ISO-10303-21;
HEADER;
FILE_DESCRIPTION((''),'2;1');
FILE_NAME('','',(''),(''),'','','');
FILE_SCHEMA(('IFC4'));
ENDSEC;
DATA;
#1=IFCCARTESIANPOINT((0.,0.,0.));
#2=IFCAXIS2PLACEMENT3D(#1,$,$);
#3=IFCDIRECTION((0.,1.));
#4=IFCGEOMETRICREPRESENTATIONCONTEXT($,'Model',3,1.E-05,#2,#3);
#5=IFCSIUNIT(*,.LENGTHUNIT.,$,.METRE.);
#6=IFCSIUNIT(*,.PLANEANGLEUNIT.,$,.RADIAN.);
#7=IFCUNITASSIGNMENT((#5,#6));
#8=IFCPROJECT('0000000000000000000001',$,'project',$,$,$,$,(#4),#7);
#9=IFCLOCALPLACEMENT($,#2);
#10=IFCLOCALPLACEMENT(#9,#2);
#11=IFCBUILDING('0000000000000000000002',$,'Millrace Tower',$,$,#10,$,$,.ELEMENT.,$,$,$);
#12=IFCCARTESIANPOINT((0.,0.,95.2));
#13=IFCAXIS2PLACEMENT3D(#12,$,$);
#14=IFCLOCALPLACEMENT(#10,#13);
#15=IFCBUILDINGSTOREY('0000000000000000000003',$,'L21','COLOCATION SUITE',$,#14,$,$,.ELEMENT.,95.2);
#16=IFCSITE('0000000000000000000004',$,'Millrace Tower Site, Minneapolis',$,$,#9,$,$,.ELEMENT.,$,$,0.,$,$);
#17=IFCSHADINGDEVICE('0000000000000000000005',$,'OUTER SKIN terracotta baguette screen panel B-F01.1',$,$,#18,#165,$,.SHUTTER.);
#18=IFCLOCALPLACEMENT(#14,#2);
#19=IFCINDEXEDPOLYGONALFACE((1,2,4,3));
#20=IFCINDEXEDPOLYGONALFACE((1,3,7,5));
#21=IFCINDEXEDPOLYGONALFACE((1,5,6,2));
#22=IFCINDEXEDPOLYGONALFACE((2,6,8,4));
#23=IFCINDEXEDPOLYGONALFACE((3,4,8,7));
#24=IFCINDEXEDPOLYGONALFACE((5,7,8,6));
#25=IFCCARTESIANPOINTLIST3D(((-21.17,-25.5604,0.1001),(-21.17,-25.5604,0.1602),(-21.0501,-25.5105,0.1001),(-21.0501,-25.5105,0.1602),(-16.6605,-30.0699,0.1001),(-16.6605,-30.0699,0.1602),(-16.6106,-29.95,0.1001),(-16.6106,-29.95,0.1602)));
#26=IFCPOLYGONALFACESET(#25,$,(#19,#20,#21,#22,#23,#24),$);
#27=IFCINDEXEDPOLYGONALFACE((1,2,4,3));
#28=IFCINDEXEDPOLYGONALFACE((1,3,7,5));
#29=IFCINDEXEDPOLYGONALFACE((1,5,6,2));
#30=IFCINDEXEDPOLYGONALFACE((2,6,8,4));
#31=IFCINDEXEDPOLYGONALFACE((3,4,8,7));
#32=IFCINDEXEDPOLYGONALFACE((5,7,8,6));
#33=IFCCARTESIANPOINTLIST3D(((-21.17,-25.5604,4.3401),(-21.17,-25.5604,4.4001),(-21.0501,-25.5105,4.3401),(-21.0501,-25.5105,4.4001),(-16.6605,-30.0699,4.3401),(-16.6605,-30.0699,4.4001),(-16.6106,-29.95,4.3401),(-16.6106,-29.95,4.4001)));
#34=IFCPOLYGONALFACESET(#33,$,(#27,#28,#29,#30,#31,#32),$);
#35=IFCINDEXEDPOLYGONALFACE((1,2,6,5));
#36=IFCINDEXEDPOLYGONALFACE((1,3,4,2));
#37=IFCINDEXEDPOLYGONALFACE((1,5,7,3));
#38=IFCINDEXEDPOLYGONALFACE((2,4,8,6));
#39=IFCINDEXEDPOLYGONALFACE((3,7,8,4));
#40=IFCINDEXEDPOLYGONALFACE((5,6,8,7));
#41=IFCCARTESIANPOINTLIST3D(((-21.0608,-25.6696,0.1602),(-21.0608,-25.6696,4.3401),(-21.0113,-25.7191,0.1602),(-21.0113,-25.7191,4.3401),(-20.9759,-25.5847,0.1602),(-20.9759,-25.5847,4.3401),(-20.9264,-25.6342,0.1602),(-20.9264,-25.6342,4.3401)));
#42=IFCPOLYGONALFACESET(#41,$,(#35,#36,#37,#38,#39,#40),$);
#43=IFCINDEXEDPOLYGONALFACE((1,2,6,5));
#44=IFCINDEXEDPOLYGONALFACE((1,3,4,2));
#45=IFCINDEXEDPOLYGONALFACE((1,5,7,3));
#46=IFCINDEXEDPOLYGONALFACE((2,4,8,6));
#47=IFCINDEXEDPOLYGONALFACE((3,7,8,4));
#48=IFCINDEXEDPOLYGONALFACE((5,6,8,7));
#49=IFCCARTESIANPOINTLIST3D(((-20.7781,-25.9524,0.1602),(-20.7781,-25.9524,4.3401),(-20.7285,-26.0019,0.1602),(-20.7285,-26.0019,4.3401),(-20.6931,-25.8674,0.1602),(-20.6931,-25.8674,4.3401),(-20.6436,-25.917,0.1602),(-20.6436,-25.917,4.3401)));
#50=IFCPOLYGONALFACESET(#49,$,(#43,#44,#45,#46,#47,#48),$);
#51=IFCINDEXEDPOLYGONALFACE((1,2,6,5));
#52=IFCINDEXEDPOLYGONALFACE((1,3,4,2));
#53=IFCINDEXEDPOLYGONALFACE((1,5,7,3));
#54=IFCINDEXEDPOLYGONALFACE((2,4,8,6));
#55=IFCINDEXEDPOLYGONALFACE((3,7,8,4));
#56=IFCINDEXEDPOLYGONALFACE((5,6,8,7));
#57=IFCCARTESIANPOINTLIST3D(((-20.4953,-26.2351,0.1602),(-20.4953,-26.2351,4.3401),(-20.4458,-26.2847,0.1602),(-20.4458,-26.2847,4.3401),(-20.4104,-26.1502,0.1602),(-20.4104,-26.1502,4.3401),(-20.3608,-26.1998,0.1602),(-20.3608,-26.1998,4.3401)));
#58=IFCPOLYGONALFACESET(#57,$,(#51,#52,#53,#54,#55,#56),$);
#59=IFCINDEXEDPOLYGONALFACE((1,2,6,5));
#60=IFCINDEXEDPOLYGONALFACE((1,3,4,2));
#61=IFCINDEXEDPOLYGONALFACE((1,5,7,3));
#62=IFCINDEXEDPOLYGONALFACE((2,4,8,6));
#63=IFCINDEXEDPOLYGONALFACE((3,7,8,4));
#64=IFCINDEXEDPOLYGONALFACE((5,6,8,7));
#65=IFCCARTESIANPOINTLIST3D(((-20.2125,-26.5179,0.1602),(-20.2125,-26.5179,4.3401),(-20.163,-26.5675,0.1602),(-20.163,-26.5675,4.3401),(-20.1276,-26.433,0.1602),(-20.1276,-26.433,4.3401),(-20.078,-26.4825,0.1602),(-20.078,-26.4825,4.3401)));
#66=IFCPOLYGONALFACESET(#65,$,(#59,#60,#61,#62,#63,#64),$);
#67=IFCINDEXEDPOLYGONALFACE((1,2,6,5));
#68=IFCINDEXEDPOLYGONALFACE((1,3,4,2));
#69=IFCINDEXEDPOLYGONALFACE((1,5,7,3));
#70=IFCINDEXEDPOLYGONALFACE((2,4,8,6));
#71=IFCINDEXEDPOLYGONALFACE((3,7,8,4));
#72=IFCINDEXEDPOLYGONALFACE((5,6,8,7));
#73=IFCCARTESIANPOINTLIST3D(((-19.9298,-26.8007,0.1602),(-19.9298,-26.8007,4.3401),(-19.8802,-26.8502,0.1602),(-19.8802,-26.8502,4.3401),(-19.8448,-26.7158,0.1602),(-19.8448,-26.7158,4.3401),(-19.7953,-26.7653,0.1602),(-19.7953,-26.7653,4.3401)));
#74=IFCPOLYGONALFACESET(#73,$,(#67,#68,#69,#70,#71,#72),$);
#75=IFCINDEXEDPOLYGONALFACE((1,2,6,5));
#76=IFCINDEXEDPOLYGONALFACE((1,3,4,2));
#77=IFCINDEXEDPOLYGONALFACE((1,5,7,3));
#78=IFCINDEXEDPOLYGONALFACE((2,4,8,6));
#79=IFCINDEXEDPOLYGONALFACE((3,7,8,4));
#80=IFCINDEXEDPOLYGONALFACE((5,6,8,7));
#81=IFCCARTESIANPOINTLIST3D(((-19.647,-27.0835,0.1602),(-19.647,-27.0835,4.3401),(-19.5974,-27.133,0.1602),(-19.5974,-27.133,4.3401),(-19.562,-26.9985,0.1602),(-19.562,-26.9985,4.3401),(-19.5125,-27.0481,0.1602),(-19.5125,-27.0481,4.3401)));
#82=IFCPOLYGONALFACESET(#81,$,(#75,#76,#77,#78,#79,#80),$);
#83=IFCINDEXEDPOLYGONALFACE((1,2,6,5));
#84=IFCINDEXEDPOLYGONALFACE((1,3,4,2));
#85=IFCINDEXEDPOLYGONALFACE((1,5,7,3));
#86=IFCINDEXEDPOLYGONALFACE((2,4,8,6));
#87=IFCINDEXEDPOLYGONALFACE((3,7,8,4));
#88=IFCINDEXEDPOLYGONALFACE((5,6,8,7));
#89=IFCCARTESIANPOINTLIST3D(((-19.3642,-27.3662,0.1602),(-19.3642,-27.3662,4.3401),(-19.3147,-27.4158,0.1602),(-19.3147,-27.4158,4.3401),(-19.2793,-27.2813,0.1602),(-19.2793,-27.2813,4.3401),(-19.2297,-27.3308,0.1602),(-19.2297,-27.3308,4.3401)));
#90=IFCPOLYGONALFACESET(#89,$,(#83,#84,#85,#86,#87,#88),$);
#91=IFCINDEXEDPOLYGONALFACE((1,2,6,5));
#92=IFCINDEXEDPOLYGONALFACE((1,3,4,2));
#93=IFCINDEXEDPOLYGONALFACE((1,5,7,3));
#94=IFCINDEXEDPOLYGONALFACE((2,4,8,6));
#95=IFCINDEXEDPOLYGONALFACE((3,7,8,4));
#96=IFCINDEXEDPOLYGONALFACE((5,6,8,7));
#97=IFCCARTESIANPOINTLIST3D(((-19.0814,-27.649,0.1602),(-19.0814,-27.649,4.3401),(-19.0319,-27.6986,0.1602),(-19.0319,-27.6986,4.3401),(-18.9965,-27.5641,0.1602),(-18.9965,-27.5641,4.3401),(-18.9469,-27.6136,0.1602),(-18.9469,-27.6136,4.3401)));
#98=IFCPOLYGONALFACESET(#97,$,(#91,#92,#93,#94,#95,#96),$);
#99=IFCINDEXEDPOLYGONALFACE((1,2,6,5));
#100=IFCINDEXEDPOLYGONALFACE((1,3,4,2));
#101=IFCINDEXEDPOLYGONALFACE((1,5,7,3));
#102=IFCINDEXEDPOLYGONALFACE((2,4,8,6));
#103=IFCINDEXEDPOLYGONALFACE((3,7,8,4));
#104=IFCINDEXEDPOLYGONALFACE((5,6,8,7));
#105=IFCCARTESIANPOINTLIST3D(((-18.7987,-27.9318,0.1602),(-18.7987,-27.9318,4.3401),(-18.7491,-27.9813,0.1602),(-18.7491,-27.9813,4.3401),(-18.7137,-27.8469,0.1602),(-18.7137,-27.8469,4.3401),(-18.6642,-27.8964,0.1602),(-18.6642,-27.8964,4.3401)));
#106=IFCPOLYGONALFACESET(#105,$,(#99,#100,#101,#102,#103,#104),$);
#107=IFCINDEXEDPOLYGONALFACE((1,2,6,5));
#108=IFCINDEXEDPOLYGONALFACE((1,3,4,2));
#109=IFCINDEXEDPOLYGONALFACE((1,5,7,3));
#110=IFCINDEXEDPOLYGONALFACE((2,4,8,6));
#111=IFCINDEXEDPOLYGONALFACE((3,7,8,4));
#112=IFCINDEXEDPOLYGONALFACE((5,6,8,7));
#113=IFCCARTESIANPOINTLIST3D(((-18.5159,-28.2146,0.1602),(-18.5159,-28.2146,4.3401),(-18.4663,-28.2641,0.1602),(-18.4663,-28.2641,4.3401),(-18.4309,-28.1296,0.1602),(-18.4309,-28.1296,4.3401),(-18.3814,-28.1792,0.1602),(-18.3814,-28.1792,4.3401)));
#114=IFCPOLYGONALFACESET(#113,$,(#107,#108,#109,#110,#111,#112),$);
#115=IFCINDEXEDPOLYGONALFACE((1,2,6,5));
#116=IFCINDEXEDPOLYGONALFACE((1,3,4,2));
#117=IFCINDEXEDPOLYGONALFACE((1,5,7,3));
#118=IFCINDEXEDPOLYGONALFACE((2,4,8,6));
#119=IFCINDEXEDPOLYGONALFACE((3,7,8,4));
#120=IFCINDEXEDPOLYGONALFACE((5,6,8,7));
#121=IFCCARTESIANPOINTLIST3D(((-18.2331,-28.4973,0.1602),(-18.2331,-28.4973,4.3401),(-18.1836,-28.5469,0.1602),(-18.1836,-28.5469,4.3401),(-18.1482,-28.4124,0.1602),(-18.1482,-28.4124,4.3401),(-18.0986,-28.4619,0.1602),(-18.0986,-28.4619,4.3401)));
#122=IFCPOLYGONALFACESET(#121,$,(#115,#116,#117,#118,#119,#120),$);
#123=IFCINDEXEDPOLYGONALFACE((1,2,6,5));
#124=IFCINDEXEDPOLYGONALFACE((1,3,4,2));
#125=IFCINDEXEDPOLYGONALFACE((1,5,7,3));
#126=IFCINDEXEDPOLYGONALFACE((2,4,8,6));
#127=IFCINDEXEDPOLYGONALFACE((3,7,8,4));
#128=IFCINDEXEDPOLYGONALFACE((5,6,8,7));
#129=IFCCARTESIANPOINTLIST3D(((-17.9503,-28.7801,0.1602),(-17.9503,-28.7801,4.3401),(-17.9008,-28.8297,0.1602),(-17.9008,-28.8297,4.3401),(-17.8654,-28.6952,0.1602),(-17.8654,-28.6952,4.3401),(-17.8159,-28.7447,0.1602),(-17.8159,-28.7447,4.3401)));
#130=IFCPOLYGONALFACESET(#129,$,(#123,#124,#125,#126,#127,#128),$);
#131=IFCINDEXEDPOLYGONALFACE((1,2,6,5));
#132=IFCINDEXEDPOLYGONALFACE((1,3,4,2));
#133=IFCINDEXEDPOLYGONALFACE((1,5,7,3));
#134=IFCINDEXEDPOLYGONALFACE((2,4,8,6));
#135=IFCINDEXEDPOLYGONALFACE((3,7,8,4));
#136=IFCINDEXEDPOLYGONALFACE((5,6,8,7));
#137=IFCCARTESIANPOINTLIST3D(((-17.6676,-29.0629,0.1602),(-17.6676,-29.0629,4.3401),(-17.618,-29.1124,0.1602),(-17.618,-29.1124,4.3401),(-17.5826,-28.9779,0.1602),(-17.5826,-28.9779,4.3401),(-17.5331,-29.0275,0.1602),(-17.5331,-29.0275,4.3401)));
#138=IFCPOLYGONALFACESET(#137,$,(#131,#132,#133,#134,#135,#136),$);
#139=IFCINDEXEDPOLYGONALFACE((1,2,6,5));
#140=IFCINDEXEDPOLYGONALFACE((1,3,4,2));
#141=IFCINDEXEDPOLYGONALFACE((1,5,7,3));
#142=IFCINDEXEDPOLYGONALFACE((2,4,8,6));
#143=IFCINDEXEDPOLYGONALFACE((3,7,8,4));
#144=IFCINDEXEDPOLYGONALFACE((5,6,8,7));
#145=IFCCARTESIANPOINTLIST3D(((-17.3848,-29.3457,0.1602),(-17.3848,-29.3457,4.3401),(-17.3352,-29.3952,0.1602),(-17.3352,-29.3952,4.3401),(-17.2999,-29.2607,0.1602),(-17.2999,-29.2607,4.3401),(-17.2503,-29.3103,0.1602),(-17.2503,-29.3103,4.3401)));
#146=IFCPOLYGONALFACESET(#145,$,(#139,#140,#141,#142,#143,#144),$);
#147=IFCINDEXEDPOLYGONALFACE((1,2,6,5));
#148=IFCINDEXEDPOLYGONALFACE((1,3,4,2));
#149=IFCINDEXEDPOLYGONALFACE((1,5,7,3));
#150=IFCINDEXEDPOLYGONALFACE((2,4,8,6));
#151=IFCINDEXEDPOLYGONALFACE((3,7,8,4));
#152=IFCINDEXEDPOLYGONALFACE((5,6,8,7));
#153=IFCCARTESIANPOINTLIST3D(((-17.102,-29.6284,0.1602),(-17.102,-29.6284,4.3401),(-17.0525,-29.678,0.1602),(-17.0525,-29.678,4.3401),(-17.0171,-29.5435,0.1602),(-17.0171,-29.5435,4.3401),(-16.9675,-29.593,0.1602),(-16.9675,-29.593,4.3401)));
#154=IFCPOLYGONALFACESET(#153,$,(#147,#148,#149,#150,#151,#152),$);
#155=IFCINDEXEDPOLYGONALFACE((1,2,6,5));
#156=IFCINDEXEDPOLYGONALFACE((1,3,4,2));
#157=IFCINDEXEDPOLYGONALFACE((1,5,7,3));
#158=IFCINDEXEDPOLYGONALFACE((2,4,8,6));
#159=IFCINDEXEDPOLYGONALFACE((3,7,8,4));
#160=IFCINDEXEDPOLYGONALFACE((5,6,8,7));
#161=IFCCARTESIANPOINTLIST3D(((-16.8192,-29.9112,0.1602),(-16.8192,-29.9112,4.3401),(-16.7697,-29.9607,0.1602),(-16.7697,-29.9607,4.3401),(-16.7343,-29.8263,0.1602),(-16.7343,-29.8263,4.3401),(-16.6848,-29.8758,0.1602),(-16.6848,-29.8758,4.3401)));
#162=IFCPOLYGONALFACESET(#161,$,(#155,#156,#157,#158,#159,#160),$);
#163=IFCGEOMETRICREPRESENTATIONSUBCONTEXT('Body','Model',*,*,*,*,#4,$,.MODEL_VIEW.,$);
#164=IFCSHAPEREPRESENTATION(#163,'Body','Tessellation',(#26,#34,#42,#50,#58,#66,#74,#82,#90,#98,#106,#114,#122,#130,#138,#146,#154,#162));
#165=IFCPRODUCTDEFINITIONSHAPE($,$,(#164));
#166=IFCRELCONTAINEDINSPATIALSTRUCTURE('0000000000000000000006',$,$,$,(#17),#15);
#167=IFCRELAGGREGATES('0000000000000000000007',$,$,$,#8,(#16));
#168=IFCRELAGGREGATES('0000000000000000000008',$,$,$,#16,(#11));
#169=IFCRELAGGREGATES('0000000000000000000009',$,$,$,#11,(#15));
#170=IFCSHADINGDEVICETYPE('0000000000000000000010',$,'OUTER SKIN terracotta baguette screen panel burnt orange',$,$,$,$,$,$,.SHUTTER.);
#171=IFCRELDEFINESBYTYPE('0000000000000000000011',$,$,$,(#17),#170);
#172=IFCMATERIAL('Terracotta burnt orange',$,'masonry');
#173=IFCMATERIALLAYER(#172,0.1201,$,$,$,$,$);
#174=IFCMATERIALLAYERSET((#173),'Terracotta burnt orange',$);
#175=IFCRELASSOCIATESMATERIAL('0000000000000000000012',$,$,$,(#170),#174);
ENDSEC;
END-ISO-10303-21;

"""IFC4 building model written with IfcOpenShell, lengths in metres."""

from ifc_helpers import new_model, entity, si_unit, direction, frame, frame_2d, origin, place, context, subcontext, project, spatial, rectangle, extrude, source, transform, mapped, material, layer, layer_set, type_object, element, save


model = new_model("IFC4")

# Units and contexts
model_context = context("Model", 3, precision=1e-05, world=origin(), true_north=direction((0.0, 1.0)))
body_context = subcontext(model_context, "Body", "Model", "MODEL_VIEW")
ifc_project = project(units=[si_unit("LENGTHUNIT", "METRE"), si_unit("PLANEANGLEUNIT", "RADIAN")], contexts=[model_context])

# Site, building, storey
site_placement = place(None, origin())
site = spatial("IfcSite", under=ifc_project, at=site_placement, Name="Millrace Tower Site, Minneapolis", CompositionType="ELEMENT", RefElevation=0.0)
building_placement = place(site_placement, origin())
building = spatial("IfcBuilding", under=site, at=building_placement, Name="Millrace Tower", CompositionType="ELEMENT")
storey_placement = place(building_placement, frame((0.0, 0.0, 95.2)))
storey = spatial("IfcBuildingStorey", under=building, at=storey_placement, Name="L21", Description="COLOCATION SUITE", CompositionType="ELEMENT", Elevation=95.2)

# Shading device
ifc_material_1 = material(Name="Terracotta burnt orange", Category="masonry")
ifc_layer_1 = layer(ifc_material_1, 0.1201)
ifc_layer_set_1 = layer_set([ifc_layer_1], Name="Terracotta burnt orange")
shading_device_type = type_object("IfcShadingDeviceType", Name="OUTER SKIN terracotta baguette screen panel burnt orange", PredefinedType="SHUTTER", material=ifc_layer_set_1)
cartesian_point_1 = entity("IfcCartesianPoint", [-3.1392, 0.0601])
shared_polyline_1 = entity("IfcPolyline", [cartesian_point_1, entity("IfcCartesianPoint", [3.1392, 0.0601]), entity("IfcCartesianPoint", [3.1887, -0.0601]), entity("IfcCartesianPoint", [-3.1887, -0.0601]), cartesian_point_1])
shared_shape_1 = source(origin(), body_context, "Body", "SweptSolid", [
    entity("IfcExtrudedAreaSolid", entity("IfcArbitraryClosedProfileDef", "AREA", None, shared_polyline_1), entity("IfcAxis2Placement3D", entity("IfcCartesianPoint", [0.0, 0.0, 0.0])), entity("IfcDirection", [0.0, 0.0, 1.0]), 0.0601),
    entity("IfcExtrudedAreaSolid", entity("IfcArbitraryClosedProfileDef", "AREA", None, shared_polyline_1), entity("IfcAxis2Placement3D", entity("IfcCartesianPoint", [0.0, 0.0, 4.24])), entity("IfcDirection", [0.0, 0.0, 1.0]), 0.0601),
    extrude(rectangle(XDim=0.0701, YDim=0.1201, at=frame_2d((-2.9993, 0.0))), frame((0.0, 0.0, 0.0601)), (0.0, 0.0, 1.0), 4.1799),
    extrude(rectangle(XDim=0.0701, YDim=0.1201, at=frame_2d((-2.5994, 0.0))), frame((0.0, 0.0, 0.0601)), (0.0, 0.0, 1.0), 4.1799),
    extrude(rectangle(XDim=0.0701, YDim=0.1201, at=frame_2d((-2.1995, 0.0))), frame((0.0, 0.0, 0.0601)), (0.0, 0.0, 1.0), 4.1799),
    extrude(rectangle(XDim=0.0701, YDim=0.1201, at=frame_2d((-1.7996, 0.0))), frame((0.0, 0.0, 0.0601)), (0.0, 0.0, 1.0), 4.1799),
    extrude(rectangle(XDim=0.0701, YDim=0.1201, at=frame_2d((-1.3997, 0.0))), frame((0.0, 0.0, 0.0601)), (0.0, 0.0, 1.0), 4.1799),
    extrude(rectangle(XDim=0.0701, YDim=0.1201, at=frame_2d((-0.9998, 0.0))), frame((0.0, 0.0, 0.0601)), (0.0, 0.0, 1.0), 4.1799),
    extrude(rectangle(XDim=0.0701, YDim=0.1201, at=frame_2d((-0.5999, 0.0))), frame((0.0, 0.0, 0.0601)), (0.0, 0.0, 1.0), 4.1799),
    extrude(rectangle(XDim=0.0701, YDim=0.1201, at=frame_2d((-0.2, 0.0))), frame((0.0, 0.0, 0.0601)), (0.0, 0.0, 1.0), 4.1799),
    extrude(rectangle(XDim=0.0701, YDim=0.1201, at=frame_2d((0.2, 0.0))), frame((0.0, 0.0, 0.0601)), (0.0, 0.0, 1.0), 4.1799),
    extrude(rectangle(XDim=0.0701, YDim=0.1201, at=frame_2d((0.5999, 0.0))), frame((0.0, 0.0, 0.0601)), (0.0, 0.0, 1.0), 4.1799),
    extrude(rectangle(XDim=0.0701, YDim=0.1201, at=frame_2d((0.9998, 0.0))), frame((0.0, 0.0, 0.0601)), (0.0, 0.0, 1.0), 4.1799),
    extrude(rectangle(XDim=0.0701, YDim=0.1201, at=frame_2d((1.3997, 0.0))), frame((0.0, 0.0, 0.0601)), (0.0, 0.0, 1.0), 4.1799),
    extrude(rectangle(XDim=0.0701, YDim=0.1201, at=frame_2d((1.7996, 0.0))), frame((0.0, 0.0, 0.0601)), (0.0, 0.0, 1.0), 4.1799),
    extrude(rectangle(XDim=0.0701, YDim=0.1201, at=frame_2d((2.1995, 0.0))), frame((0.0, 0.0, 0.0601)), (0.0, 0.0, 1.0), 4.1799),
    extrude(rectangle(XDim=0.0701, YDim=0.1201, at=frame_2d((2.5994, 0.0))), frame((0.0, 0.0, 0.0601)), (0.0, 0.0, 1.0), 4.1799),
    extrude(rectangle(XDim=0.0701, YDim=0.1201, at=frame_2d((2.9993, 0.0))), frame((0.0, 0.0, 0.0601)), (0.0, 0.0, 1.0), 4.1799),
])
shading_device_1_placement = place(storey_placement, frame((-18.8728, -27.7727, 0.1001), z_axis=(0.0, 0.0, 1.0), x_axis=(0.707107, -0.707107, 0.0)))
element("IfcShadingDevice", 1, at=shading_device_1_placement, inside=storey, type_object=shading_device_type, Name="OUTER SKIN terracotta baguette screen panel B-F01.1", PredefinedType="SHUTTER", context=body_context, shape_type="MappedRepresentation", body=[
    mapped(shared_shape_1, transform((0.0, 0.0, 0.0), scale=1.0)),
])

save(model, "model.ifc")
